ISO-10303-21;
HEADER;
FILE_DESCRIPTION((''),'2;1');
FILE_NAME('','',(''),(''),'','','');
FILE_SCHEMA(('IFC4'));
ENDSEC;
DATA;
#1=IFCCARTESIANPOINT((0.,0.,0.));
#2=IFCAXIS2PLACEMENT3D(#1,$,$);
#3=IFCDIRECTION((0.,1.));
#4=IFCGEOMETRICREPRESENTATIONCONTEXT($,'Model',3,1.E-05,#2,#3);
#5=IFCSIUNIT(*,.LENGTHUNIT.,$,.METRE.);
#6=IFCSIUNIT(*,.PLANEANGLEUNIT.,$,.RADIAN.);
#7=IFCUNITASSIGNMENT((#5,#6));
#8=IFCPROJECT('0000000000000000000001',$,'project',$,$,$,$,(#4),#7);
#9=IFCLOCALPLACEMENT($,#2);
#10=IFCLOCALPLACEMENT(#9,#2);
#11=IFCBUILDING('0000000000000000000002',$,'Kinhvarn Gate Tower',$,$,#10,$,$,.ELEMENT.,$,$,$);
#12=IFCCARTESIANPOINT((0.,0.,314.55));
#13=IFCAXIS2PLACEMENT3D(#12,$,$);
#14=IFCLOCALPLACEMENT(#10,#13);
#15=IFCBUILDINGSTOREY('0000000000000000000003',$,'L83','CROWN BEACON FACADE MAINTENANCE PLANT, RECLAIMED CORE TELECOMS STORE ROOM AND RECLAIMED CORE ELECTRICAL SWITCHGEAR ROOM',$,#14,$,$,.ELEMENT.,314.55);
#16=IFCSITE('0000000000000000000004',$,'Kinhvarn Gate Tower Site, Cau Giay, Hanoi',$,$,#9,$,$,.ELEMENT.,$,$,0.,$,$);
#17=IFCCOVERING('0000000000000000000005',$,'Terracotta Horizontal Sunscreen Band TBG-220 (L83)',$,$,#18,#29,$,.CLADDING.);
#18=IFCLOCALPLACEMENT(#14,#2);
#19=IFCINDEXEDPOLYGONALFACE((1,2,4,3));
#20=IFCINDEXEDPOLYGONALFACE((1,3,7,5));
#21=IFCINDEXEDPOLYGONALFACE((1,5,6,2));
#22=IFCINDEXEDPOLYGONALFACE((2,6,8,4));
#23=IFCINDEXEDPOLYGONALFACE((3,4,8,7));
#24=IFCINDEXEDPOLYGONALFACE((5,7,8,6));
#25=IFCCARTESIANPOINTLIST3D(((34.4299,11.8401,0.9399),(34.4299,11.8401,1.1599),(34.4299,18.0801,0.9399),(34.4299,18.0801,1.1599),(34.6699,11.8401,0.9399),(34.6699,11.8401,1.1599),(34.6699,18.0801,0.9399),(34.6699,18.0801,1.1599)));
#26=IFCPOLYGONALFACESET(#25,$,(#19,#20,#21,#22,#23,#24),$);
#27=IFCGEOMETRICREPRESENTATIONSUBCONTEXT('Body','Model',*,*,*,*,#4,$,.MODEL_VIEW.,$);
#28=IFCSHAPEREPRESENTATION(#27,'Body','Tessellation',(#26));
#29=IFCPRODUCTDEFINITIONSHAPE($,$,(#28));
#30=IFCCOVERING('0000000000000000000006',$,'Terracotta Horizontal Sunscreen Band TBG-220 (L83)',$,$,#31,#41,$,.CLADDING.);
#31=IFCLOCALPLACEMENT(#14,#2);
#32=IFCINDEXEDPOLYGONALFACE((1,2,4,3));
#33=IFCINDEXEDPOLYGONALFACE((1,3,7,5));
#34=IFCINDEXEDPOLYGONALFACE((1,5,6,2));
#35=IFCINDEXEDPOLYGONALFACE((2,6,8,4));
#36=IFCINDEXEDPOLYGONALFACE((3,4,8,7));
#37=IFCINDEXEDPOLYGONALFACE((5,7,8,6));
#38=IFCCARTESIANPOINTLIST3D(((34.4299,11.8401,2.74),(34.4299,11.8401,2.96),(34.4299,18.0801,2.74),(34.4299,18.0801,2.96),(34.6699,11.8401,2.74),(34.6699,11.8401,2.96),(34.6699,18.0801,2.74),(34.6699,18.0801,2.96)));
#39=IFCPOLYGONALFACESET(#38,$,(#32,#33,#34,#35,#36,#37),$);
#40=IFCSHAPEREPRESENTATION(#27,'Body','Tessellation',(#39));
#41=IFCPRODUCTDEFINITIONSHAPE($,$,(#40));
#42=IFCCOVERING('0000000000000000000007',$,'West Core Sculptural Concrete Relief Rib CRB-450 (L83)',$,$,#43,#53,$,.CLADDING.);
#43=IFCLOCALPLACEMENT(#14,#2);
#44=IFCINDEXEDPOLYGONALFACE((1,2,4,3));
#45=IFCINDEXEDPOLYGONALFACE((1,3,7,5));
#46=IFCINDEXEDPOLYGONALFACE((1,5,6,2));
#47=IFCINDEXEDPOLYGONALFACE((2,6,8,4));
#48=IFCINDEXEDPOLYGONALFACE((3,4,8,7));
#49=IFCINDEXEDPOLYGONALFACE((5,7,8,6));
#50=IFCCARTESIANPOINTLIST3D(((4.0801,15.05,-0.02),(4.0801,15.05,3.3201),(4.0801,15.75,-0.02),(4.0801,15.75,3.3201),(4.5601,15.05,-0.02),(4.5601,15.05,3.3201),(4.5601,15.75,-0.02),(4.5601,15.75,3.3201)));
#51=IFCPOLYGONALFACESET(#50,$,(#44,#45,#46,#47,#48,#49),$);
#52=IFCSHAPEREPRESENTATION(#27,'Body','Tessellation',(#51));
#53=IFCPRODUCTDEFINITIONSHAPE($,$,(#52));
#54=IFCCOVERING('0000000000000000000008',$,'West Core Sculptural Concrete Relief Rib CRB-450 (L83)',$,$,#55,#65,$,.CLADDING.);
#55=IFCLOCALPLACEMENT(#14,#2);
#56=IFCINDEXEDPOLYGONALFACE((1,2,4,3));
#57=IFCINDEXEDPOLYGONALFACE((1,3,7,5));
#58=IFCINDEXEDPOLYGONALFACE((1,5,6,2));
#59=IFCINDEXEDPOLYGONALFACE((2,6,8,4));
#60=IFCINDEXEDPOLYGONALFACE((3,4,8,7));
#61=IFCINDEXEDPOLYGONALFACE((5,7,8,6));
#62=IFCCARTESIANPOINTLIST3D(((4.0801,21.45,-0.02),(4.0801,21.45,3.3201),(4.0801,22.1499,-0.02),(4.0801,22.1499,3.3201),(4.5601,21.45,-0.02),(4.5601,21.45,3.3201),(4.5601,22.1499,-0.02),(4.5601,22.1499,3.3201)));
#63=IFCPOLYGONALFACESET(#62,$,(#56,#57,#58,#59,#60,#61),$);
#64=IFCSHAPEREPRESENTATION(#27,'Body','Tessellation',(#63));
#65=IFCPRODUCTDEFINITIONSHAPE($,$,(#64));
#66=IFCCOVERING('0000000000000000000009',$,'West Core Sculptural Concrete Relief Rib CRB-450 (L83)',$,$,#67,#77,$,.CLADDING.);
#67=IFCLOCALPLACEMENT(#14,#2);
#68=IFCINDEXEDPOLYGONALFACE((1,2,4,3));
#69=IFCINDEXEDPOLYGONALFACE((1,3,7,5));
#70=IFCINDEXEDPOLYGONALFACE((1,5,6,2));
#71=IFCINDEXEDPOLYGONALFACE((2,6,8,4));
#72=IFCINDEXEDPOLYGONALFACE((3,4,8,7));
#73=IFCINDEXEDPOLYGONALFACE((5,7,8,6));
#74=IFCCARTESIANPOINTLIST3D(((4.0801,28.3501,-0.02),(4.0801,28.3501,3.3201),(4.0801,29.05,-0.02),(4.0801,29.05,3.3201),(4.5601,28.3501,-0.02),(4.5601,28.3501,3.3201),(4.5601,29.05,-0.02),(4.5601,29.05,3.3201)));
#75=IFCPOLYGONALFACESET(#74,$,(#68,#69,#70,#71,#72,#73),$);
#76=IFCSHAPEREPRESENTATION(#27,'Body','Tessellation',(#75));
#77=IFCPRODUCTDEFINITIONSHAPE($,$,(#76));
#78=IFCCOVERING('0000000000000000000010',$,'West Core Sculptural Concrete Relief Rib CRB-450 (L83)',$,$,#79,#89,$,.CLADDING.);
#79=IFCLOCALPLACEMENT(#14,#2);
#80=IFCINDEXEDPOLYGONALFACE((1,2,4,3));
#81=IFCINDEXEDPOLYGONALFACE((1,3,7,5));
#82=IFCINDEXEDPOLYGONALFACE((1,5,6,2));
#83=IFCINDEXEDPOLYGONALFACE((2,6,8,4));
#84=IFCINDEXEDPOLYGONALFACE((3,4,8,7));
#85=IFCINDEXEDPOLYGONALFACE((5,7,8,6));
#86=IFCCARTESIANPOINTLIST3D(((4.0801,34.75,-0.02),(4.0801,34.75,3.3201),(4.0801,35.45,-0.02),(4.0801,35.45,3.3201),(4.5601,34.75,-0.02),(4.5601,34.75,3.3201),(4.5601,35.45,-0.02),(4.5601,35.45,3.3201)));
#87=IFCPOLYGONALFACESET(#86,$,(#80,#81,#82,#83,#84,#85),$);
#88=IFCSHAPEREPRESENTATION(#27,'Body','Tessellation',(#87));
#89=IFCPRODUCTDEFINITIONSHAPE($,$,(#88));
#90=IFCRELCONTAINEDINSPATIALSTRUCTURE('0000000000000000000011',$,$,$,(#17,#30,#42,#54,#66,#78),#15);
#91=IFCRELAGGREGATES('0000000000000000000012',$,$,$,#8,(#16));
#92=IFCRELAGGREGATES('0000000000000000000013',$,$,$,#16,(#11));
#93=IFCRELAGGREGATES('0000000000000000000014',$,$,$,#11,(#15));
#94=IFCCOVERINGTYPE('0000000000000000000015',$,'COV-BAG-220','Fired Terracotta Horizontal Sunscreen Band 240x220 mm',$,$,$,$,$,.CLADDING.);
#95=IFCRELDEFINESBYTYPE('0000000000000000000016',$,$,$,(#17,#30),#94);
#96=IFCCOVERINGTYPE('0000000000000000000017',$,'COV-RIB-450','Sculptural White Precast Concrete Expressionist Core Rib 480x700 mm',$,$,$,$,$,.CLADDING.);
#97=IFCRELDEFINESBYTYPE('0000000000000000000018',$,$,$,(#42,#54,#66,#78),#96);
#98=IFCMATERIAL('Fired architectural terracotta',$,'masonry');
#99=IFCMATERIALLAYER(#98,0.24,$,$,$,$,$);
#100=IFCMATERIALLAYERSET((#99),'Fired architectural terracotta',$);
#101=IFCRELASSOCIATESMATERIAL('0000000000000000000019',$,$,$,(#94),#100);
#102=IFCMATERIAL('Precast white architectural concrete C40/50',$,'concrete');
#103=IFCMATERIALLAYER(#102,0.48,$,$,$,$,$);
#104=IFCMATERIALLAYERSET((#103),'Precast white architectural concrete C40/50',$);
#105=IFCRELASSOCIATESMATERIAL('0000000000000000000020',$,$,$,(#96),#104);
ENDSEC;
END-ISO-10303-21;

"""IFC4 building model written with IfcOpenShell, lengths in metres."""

from ifc_helpers import new_model, si_unit, direction, frame, origin, place, context, subcontext, project, spatial, polyline, outline, extrude, material, layer, layer_set, type_object, element, save


model = new_model("IFC4")

# Units and contexts
model_context = context("Model", 3, precision=1e-05, world=origin(), true_north=direction((0.0, 1.0)))
body_context = subcontext(model_context, "Body", "Model", "MODEL_VIEW")
ifc_project = project(units=[si_unit("LENGTHUNIT", "METRE"), si_unit("PLANEANGLEUNIT", "RADIAN")], contexts=[model_context])

# Site, building, storey
site_placement = place(None, origin())
site = spatial("IfcSite", under=ifc_project, at=site_placement, Name="Kinhvarn Gate Tower Site, Cau Giay, Hanoi", CompositionType="ELEMENT", RefElevation=0.0)
building_placement = place(site_placement, origin())
building = spatial("IfcBuilding", under=site, at=building_placement, Name="Kinhvarn Gate Tower", CompositionType="ELEMENT")
storey_placement = place(building_placement, frame((0.0, 0.0, 314.55)))
storey = spatial("IfcBuildingStorey", under=building, at=storey_placement, Name="L83", Description="CROWN BEACON FACADE MAINTENANCE PLANT, RECLAIMED CORE TELECOMS STORE ROOM AND RECLAIMED CORE ELECTRICAL SWITCHGEAR ROOM", CompositionType="ELEMENT", Elevation=314.55)

# Coverings
ifc_material_1 = material(Name="Fired architectural terracotta", Category="masonry")
ifc_layer_1 = layer(ifc_material_1, 0.24)
ifc_layer_set_1 = layer_set([ifc_layer_1], Name="Fired architectural terracotta")
covering_type_1 = type_object("IfcCoveringType", Name="COV-BAG-220", Description="Fired Terracotta Horizontal Sunscreen Band 240x220 mm", PredefinedType="CLADDING", material=ifc_layer_set_1)
for number, where, name in (
    (1, (0.0, 0.0, 0.9399), "Terracotta Horizontal Sunscreen Band TBG-220 (L83)"),
    (2, (0.0, 0.0, 2.74), "Terracotta Horizontal Sunscreen Band TBG-220 (L83)"),
):
    element("IfcCovering", number, at=place(storey_placement, frame(where)), inside=storey, type_object=covering_type_1, Name=name, PredefinedType="CLADDING", context=body_context, shape_type="SweptSolid", body=[
        extrude(outline(polyline([(34.4299, 11.8401), (34.4299, 18.0801), (34.6699, 18.0801), (34.6699, 11.8401), (34.4299, 11.8401)])), origin(), (0.0, 0.0, 1.0), 0.22),
    ])
ifc_material_2 = material(Name="Precast white architectural concrete C40/50", Category="concrete")
ifc_layer_2 = layer(ifc_material_2, 0.48)
ifc_layer_set_2 = layer_set([ifc_layer_2], Name="Precast white architectural concrete C40/50")
covering_type_2 = type_object("IfcCoveringType", Name="COV-RIB-450", Description="Sculptural White Precast Concrete Expressionist Core Rib 480x700 mm", PredefinedType="CLADDING", material=ifc_layer_set_2)
covering_1_placement = place(storey_placement, frame((0.0, 0.0, -0.02)))
element("IfcCovering", 3, at=covering_1_placement, inside=storey, type_object=covering_type_2, Name="West Core Sculptural Concrete Relief Rib CRB-450 (L83)", PredefinedType="CLADDING", context=body_context, shape_type="SweptSolid", body=[
    extrude(outline(polyline([(4.0801, 15.05), (4.5601, 15.05), (4.5601, 15.75), (4.0801, 15.75), (4.0801, 15.05)])), origin(), (0.0, 0.0, 1.0), 3.3401),
])
covering_2_placement = place(storey_placement, frame((0.0, 0.0, -0.02)))
element("IfcCovering", 4, at=covering_2_placement, inside=storey, type_object=covering_type_2, Name="West Core Sculptural Concrete Relief Rib CRB-450 (L83)", PredefinedType="CLADDING", context=body_context, shape_type="SweptSolid", body=[
    extrude(outline(polyline([(4.0801, 21.45), (4.5601, 21.45), (4.5601, 22.1499), (4.0801, 22.1499), (4.0801, 21.45)])), origin(), (0.0, 0.0, 1.0), 3.3401),
])
covering_3_placement = place(storey_placement, frame((0.0, 0.0, -0.02)))
element("IfcCovering", 5, at=covering_3_placement, inside=storey, type_object=covering_type_2, Name="West Core Sculptural Concrete Relief Rib CRB-450 (L83)", PredefinedType="CLADDING", context=body_context, shape_type="SweptSolid", body=[
    extrude(outline(polyline([(4.0801, 28.3501), (4.5601, 28.3501), (4.5601, 29.05), (4.0801, 29.05), (4.0801, 28.3501)])), origin(), (0.0, 0.0, 1.0), 3.3401),
])
covering_4_placement = place(storey_placement, frame((0.0, 0.0, -0.02)))
element("IfcCovering", 6, at=covering_4_placement, inside=storey, type_object=covering_type_2, Name="West Core Sculptural Concrete Relief Rib CRB-450 (L83)", PredefinedType="CLADDING", context=body_context, shape_type="SweptSolid", body=[
    extrude(outline(polyline([(4.0801, 34.75), (4.5601, 34.75), (4.5601, 35.45), (4.0801, 35.45), (4.0801, 34.75)])), origin(), (0.0, 0.0, 1.0), 3.3401),
])

save(model, "model.ifc")
